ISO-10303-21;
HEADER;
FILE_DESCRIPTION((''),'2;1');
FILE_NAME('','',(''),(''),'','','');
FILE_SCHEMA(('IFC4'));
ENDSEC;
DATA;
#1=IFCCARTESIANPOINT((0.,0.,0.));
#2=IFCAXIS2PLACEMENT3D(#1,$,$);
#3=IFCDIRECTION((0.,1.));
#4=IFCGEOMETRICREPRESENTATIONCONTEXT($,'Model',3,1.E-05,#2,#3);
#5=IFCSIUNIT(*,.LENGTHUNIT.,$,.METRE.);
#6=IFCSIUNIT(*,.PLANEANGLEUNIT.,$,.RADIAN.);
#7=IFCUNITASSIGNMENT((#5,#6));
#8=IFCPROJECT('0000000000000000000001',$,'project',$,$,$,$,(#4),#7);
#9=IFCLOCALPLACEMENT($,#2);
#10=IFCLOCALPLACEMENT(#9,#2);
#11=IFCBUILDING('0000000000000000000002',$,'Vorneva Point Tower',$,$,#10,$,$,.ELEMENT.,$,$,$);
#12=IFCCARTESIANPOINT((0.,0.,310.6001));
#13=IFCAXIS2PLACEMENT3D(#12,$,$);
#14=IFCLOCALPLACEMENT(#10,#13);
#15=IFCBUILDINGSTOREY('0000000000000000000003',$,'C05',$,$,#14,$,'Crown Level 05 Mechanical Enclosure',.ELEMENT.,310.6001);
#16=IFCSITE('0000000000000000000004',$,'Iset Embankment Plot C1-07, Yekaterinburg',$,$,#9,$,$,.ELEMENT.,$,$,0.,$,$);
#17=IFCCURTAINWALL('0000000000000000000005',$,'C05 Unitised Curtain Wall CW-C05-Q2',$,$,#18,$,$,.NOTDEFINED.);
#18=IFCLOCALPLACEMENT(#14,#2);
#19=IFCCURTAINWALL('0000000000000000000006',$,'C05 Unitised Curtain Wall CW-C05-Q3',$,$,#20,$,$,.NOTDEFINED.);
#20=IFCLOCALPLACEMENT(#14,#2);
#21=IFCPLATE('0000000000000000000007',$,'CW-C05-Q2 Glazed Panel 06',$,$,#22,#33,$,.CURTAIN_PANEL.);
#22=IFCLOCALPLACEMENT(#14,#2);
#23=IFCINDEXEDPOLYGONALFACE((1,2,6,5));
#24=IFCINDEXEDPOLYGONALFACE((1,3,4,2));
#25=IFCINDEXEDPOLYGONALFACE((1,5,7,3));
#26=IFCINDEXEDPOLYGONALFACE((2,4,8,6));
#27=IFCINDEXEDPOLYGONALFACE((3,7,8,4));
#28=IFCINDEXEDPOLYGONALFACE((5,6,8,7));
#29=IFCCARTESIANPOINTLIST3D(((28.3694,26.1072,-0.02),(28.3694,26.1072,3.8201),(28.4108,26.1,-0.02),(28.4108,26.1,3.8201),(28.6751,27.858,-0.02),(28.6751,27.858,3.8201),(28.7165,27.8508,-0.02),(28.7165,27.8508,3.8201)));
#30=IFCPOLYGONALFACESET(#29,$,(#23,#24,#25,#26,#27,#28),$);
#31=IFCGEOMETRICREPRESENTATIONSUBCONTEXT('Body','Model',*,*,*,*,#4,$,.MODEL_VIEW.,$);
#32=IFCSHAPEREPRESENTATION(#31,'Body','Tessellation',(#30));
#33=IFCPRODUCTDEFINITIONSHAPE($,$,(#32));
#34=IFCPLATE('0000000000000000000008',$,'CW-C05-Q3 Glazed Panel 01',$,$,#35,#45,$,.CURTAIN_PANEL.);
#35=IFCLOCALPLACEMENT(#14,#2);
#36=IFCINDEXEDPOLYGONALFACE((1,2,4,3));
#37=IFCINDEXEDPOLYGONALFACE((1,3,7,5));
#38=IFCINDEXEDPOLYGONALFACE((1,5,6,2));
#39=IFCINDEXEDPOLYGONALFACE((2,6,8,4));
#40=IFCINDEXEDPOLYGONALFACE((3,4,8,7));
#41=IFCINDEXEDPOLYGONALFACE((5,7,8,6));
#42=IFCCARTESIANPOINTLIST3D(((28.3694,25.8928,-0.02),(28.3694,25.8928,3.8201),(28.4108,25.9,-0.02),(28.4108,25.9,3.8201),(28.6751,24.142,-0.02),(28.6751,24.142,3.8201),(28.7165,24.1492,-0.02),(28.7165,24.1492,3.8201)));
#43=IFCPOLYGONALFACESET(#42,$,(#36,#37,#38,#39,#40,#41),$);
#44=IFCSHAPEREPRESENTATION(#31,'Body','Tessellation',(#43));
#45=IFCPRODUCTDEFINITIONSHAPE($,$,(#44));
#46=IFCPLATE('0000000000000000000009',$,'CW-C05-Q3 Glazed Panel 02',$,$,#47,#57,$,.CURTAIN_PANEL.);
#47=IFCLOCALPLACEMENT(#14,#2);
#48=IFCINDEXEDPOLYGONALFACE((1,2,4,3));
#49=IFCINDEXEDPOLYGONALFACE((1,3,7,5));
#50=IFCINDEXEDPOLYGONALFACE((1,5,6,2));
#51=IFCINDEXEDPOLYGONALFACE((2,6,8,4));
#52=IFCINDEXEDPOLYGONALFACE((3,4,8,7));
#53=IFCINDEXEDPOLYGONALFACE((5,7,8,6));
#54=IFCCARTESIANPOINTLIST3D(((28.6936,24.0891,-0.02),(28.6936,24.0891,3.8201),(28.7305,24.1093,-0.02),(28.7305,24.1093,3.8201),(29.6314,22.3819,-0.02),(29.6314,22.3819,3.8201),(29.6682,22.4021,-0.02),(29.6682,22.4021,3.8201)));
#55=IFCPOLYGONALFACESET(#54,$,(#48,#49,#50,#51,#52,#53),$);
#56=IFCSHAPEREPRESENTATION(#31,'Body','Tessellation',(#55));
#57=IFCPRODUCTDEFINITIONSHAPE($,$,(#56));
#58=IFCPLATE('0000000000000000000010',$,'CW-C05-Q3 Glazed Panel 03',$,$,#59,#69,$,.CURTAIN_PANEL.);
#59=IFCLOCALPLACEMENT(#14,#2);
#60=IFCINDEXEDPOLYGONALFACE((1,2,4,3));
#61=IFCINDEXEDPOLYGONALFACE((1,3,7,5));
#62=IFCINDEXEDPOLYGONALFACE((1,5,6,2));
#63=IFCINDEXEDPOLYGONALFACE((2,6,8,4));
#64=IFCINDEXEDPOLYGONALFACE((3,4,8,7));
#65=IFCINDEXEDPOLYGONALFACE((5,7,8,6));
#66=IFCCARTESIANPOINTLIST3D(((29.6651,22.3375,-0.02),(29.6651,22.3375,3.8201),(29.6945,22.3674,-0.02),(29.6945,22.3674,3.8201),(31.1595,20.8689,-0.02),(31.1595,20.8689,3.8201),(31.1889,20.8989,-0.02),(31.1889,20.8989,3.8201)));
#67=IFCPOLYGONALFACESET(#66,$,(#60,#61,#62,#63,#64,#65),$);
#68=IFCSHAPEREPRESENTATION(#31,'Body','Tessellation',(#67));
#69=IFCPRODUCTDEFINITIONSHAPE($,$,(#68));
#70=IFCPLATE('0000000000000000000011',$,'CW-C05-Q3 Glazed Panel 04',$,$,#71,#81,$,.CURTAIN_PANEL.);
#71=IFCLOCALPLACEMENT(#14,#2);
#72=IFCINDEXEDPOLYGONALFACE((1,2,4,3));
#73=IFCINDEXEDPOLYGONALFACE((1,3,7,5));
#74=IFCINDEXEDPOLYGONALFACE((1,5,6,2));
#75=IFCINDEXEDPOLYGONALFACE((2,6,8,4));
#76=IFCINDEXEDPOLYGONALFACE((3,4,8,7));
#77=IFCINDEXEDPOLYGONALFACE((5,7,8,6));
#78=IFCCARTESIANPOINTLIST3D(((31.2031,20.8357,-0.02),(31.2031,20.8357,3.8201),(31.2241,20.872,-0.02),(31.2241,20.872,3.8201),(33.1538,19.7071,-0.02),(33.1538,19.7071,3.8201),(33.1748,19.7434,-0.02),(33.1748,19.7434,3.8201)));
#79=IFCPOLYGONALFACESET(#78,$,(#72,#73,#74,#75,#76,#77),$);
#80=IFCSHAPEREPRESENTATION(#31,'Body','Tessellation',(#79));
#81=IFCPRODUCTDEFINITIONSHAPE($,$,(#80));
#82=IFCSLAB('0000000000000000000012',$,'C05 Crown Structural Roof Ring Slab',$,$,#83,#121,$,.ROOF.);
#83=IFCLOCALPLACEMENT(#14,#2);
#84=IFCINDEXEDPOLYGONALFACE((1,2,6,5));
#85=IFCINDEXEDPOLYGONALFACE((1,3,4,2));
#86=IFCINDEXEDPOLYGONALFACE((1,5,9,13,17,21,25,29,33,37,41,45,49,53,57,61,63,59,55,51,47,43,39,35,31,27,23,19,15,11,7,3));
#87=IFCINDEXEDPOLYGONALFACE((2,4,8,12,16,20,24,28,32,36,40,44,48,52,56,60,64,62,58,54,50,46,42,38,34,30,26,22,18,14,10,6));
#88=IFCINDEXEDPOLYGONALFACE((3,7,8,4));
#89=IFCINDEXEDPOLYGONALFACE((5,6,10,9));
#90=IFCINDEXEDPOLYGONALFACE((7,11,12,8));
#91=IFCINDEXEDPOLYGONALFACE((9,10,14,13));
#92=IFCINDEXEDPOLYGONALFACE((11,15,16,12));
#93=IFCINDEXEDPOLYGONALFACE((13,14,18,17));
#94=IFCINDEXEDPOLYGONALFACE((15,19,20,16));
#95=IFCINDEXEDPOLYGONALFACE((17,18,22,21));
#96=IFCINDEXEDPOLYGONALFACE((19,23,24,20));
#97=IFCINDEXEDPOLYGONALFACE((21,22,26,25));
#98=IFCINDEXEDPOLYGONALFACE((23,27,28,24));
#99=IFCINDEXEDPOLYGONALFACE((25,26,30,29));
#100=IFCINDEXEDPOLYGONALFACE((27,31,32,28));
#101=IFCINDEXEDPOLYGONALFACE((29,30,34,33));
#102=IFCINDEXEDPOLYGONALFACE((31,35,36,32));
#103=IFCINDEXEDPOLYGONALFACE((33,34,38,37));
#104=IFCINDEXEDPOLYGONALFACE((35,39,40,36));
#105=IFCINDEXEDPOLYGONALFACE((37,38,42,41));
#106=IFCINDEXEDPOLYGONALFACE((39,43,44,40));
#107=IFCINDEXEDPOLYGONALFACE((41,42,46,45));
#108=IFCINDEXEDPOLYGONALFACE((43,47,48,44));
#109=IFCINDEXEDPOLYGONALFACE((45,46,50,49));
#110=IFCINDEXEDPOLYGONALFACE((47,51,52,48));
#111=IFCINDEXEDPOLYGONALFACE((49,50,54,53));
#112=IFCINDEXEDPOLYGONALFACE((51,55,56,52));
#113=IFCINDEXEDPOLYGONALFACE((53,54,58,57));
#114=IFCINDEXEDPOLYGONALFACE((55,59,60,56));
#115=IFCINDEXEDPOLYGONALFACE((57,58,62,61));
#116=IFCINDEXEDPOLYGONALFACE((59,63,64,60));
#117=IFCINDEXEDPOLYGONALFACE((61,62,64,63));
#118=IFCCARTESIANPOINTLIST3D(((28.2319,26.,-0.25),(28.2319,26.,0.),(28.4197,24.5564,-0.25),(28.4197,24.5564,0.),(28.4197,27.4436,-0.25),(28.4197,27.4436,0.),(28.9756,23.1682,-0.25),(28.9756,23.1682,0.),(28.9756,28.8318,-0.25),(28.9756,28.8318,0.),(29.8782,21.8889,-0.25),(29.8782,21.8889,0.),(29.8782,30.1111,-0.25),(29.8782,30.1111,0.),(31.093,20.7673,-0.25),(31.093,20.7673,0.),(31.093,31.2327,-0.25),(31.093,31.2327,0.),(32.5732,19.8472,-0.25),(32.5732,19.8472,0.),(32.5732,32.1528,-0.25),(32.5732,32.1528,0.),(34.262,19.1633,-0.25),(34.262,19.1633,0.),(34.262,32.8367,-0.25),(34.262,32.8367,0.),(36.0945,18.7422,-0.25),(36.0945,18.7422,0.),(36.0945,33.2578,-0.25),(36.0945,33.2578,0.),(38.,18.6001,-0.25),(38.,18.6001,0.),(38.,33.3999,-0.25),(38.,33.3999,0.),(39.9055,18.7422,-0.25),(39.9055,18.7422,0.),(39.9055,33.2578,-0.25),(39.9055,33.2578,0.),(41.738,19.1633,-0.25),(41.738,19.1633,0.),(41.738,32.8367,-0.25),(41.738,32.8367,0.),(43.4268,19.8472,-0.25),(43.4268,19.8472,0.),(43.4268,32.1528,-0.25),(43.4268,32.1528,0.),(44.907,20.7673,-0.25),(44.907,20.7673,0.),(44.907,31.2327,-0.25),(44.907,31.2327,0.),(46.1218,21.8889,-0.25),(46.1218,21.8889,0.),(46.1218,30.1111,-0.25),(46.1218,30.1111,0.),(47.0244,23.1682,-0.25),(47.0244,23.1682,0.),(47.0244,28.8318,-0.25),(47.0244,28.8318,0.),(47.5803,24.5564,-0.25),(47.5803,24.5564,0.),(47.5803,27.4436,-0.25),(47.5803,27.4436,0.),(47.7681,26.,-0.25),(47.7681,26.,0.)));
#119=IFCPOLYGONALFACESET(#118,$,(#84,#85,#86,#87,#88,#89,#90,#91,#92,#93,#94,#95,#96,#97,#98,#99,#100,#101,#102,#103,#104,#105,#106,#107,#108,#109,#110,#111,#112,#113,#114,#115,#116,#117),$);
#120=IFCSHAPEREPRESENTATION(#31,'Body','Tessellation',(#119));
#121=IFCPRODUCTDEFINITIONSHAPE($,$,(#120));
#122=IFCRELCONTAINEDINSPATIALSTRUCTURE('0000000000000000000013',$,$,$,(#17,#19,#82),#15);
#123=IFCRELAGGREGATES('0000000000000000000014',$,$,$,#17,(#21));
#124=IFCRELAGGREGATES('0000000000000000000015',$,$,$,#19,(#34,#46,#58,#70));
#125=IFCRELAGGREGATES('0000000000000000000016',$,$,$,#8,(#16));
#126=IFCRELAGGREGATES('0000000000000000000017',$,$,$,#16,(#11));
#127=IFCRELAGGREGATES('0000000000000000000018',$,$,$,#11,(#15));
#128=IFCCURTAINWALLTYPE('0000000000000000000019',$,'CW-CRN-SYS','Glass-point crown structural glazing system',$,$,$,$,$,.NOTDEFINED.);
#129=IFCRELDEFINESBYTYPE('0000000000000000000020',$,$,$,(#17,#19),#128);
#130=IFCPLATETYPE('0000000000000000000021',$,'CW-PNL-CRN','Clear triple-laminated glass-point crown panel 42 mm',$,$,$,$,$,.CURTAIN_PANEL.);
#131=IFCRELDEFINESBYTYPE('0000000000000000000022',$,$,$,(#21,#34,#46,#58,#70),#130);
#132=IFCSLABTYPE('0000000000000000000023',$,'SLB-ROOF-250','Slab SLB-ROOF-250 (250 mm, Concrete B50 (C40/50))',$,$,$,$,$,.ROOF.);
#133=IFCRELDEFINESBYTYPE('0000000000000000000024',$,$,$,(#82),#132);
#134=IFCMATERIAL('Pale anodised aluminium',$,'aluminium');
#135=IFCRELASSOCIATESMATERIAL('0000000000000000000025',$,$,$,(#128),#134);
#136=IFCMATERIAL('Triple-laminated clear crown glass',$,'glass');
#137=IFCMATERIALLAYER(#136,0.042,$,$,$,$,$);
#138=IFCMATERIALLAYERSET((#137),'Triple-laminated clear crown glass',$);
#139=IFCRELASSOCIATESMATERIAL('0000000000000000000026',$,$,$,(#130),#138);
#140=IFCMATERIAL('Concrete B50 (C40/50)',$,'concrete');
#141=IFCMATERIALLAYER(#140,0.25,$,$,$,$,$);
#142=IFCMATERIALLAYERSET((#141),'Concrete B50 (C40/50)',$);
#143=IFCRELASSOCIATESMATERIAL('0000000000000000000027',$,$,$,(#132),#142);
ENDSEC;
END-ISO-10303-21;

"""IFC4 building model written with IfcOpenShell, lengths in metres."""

from ifc_helpers import new_model, si_unit, direction, frame, origin, origin_2d, place, context, subcontext, project, spatial, polyline, rectangle, outline, extrude, material, layer, layer_set, type_object, element, aggregate, save


model = new_model("IFC4")

# Units and contexts
model_context = context("Model", 3, precision=1e-05, world=origin(), true_north=direction((0.0, 1.0)))
body_context = subcontext(model_context, "Body", "Model", "MODEL_VIEW")
ifc_project = project(units=[si_unit("LENGTHUNIT", "METRE"), si_unit("PLANEANGLEUNIT", "RADIAN")], contexts=[model_context])

# Site, building, storey
site_placement = place(None, origin())
site = spatial("IfcSite", under=ifc_project, at=site_placement, Name="Iset Embankment Plot C1-07, Yekaterinburg", CompositionType="ELEMENT", RefElevation=0.0)
building_placement = place(site_placement, origin())
building = spatial("IfcBuilding", under=site, at=building_placement, Name="Vorneva Point Tower", CompositionType="ELEMENT")
storey_placement = place(building_placement, frame((0.0, 0.0, 310.6001)))
storey = spatial("IfcBuildingStorey", under=building, at=storey_placement, Name="C05", LongName="Crown Level 05 Mechanical Enclosure", CompositionType="ELEMENT", Elevation=310.6001)

# Curtain walls
ifc_material_1 = material(Name="Pale anodised aluminium", Category="aluminium")
curtain_wall_type = type_object("IfcCurtainWallType", Name="CW-CRN-SYS", Description="Glass-point crown structural glazing system", PredefinedType="NOTDEFINED", material=ifc_material_1)
curtain_wall_1_placement = place(storey_placement, origin())
curtain_wall_1 = element("IfcCurtainWall", 1, at=curtain_wall_1_placement, inside=storey, type_object=curtain_wall_type, Name="C05 Unitised Curtain Wall CW-C05-Q2", PredefinedType="NOTDEFINED")
curtain_wall_2_placement = place(storey_placement, origin())
curtain_wall_2 = element("IfcCurtainWall", 2, at=curtain_wall_2_placement, inside=storey, type_object=curtain_wall_type, Name="C05 Unitised Curtain Wall CW-C05-Q3", PredefinedType="NOTDEFINED")

# Plates
ifc_material_2 = material(Name="Triple-laminated clear crown glass", Category="glass")
ifc_layer_1 = layer(ifc_material_2, 0.042)
ifc_layer_set_1 = layer_set([ifc_layer_1], Name="Triple-laminated clear crown glass")
plate_type = type_object("IfcPlateType", Name="CW-PNL-CRN", Description="Clear triple-laminated glass-point crown panel 42 mm", PredefinedType="CURTAIN_PANEL", material=ifc_layer_set_1)
plate_1_placement = place(storey_placement, frame((28.543, 26.979, -0.02), z_axis=(0.0, 0.0, 1.0), x_axis=(-0.171998, -0.985097, 0.0)))
plate_1 = element("IfcPlate", 3, at=plate_1_placement, type_object=plate_type, Name="CW-C05-Q2 Glazed Panel 06", PredefinedType="CURTAIN_PANEL", context=body_context, shape_type="SweptSolid", body=[
    extrude(rectangle(XDim=1.7773, YDim=0.042, at=origin_2d()), origin(), (0.0, 0.0, 1.0), 3.8401),
])
aggregate(curtain_wall_1, [plate_1])
plate_2_placement = place(storey_placement, frame((28.543, 25.021, -0.02), z_axis=(0.0, 0.0, 1.0), x_axis=(0.171998, -0.985097, 0.0)))
plate_2 = element("IfcPlate", 4, at=plate_2_placement, type_object=plate_type, Name="CW-C05-Q3 Glazed Panel 01", PredefinedType="CURTAIN_PANEL", context=body_context, shape_type="SweptSolid", body=[
    extrude(rectangle(XDim=1.7773, YDim=0.042, at=origin_2d()), origin(), (0.0, 0.0, 1.0), 3.8401),
])
plate_3_placement = place(storey_placement, frame((29.1809, 23.2456, -0.02), z_axis=(0.0, 0.0, 1.0), x_axis=(0.481432, -0.876483, 0.0)))
plate_3 = element("IfcPlate", 5, at=plate_3_placement, type_object=plate_type, Name="CW-C05-Q3 Glazed Panel 02", PredefinedType="CURTAIN_PANEL", context=body_context, shape_type="SweptSolid", body=[
    extrude(rectangle(XDim=1.9478, YDim=0.042, at=origin_2d()), origin(), (0.0, 0.0, 1.0), 3.8401),
])
plate_4_placement = place(storey_placement, frame((30.427, 21.6182, -0.02), z_axis=(0.0, 0.0, 1.0), x_axis=(0.71325, -0.700909, 0.0)))
plate_4 = element("IfcPlate", 6, at=plate_4_placement, type_object=plate_type, Name="CW-C05-Q3 Glazed Panel 03", PredefinedType="CURTAIN_PANEL", context=body_context, shape_type="SweptSolid", body=[
    extrude(rectangle(XDim=2.0952, YDim=0.042, at=origin_2d()), origin(), (0.0, 0.0, 1.0), 3.8401),
])
plate_5_placement = place(storey_placement, frame((32.189, 20.2896, -0.02), z_axis=(0.0, 0.0, 1.0), x_axis=(0.865563, -0.500801, 0.0)))
plate_5 = element("IfcPlate", 7, at=plate_5_placement, type_object=plate_type, Name="CW-C05-Q3 Glazed Panel 04", PredefinedType="CURTAIN_PANEL", context=body_context, shape_type="SweptSolid", body=[
    extrude(rectangle(XDim=2.2537, YDim=0.042, at=origin_2d()), origin(), (0.0, 0.0, 1.0), 3.8401),
])
aggregate(curtain_wall_2, [plate_2, plate_3, plate_4, plate_5])

# Slab
ifc_material_3 = material(Name="Concrete B50 (C40/50)", Category="concrete")
ifc_layer_2 = layer(ifc_material_3, 0.25)
ifc_layer_set_2 = layer_set([ifc_layer_2], Name="Concrete B50 (C40/50)")
slab_type = type_object("IfcSlabType", Name="SLB-ROOF-250", Description="Slab SLB-ROOF-250 (250 mm, Concrete B50 (C40/50))", PredefinedType="ROOF", material=ifc_layer_set_2)
slab_placement = place(storey_placement, frame((0.0, 0.0, -0.25)))
element("IfcSlab", 8, at=slab_placement, inside=storey, type_object=slab_type, Name="C05 Crown Structural Roof Ring Slab", PredefinedType="ROOF", context=body_context, shape_type="SweptSolid", body=[
    extrude(outline(polyline([(47.7681, 26.0), (47.5803, 27.4436), (47.0244, 28.8318), (46.1218, 30.1111), (44.907, 31.2327), (43.4268, 32.1528), (41.738, 32.8367), (39.9055, 33.2578), (38.0, 33.3999), (36.0945, 33.2578), (34.262, 32.8367), (32.5732, 32.1528), (31.093, 31.2327), (29.8782, 30.1111), (28.9756, 28.8318), (28.4197, 27.4436), (28.2319, 26.0), (28.4197, 24.5564), (28.9756, 23.1682), (29.8782, 21.8889), (31.093, 20.7673), (32.5732, 19.8472), (34.262, 19.1633), (36.0945, 18.7422), (38.0, 18.6001), (39.9055, 18.7422), (41.738, 19.1633), (43.4268, 19.8472), (44.907, 20.7673), (46.1218, 21.8889), (47.0244, 23.1682), (47.5803, 24.5564), (47.7681, 26.0)])), origin(), (0.0, 0.0, 1.0), 0.25),
])

save(model, "model.ifc")
